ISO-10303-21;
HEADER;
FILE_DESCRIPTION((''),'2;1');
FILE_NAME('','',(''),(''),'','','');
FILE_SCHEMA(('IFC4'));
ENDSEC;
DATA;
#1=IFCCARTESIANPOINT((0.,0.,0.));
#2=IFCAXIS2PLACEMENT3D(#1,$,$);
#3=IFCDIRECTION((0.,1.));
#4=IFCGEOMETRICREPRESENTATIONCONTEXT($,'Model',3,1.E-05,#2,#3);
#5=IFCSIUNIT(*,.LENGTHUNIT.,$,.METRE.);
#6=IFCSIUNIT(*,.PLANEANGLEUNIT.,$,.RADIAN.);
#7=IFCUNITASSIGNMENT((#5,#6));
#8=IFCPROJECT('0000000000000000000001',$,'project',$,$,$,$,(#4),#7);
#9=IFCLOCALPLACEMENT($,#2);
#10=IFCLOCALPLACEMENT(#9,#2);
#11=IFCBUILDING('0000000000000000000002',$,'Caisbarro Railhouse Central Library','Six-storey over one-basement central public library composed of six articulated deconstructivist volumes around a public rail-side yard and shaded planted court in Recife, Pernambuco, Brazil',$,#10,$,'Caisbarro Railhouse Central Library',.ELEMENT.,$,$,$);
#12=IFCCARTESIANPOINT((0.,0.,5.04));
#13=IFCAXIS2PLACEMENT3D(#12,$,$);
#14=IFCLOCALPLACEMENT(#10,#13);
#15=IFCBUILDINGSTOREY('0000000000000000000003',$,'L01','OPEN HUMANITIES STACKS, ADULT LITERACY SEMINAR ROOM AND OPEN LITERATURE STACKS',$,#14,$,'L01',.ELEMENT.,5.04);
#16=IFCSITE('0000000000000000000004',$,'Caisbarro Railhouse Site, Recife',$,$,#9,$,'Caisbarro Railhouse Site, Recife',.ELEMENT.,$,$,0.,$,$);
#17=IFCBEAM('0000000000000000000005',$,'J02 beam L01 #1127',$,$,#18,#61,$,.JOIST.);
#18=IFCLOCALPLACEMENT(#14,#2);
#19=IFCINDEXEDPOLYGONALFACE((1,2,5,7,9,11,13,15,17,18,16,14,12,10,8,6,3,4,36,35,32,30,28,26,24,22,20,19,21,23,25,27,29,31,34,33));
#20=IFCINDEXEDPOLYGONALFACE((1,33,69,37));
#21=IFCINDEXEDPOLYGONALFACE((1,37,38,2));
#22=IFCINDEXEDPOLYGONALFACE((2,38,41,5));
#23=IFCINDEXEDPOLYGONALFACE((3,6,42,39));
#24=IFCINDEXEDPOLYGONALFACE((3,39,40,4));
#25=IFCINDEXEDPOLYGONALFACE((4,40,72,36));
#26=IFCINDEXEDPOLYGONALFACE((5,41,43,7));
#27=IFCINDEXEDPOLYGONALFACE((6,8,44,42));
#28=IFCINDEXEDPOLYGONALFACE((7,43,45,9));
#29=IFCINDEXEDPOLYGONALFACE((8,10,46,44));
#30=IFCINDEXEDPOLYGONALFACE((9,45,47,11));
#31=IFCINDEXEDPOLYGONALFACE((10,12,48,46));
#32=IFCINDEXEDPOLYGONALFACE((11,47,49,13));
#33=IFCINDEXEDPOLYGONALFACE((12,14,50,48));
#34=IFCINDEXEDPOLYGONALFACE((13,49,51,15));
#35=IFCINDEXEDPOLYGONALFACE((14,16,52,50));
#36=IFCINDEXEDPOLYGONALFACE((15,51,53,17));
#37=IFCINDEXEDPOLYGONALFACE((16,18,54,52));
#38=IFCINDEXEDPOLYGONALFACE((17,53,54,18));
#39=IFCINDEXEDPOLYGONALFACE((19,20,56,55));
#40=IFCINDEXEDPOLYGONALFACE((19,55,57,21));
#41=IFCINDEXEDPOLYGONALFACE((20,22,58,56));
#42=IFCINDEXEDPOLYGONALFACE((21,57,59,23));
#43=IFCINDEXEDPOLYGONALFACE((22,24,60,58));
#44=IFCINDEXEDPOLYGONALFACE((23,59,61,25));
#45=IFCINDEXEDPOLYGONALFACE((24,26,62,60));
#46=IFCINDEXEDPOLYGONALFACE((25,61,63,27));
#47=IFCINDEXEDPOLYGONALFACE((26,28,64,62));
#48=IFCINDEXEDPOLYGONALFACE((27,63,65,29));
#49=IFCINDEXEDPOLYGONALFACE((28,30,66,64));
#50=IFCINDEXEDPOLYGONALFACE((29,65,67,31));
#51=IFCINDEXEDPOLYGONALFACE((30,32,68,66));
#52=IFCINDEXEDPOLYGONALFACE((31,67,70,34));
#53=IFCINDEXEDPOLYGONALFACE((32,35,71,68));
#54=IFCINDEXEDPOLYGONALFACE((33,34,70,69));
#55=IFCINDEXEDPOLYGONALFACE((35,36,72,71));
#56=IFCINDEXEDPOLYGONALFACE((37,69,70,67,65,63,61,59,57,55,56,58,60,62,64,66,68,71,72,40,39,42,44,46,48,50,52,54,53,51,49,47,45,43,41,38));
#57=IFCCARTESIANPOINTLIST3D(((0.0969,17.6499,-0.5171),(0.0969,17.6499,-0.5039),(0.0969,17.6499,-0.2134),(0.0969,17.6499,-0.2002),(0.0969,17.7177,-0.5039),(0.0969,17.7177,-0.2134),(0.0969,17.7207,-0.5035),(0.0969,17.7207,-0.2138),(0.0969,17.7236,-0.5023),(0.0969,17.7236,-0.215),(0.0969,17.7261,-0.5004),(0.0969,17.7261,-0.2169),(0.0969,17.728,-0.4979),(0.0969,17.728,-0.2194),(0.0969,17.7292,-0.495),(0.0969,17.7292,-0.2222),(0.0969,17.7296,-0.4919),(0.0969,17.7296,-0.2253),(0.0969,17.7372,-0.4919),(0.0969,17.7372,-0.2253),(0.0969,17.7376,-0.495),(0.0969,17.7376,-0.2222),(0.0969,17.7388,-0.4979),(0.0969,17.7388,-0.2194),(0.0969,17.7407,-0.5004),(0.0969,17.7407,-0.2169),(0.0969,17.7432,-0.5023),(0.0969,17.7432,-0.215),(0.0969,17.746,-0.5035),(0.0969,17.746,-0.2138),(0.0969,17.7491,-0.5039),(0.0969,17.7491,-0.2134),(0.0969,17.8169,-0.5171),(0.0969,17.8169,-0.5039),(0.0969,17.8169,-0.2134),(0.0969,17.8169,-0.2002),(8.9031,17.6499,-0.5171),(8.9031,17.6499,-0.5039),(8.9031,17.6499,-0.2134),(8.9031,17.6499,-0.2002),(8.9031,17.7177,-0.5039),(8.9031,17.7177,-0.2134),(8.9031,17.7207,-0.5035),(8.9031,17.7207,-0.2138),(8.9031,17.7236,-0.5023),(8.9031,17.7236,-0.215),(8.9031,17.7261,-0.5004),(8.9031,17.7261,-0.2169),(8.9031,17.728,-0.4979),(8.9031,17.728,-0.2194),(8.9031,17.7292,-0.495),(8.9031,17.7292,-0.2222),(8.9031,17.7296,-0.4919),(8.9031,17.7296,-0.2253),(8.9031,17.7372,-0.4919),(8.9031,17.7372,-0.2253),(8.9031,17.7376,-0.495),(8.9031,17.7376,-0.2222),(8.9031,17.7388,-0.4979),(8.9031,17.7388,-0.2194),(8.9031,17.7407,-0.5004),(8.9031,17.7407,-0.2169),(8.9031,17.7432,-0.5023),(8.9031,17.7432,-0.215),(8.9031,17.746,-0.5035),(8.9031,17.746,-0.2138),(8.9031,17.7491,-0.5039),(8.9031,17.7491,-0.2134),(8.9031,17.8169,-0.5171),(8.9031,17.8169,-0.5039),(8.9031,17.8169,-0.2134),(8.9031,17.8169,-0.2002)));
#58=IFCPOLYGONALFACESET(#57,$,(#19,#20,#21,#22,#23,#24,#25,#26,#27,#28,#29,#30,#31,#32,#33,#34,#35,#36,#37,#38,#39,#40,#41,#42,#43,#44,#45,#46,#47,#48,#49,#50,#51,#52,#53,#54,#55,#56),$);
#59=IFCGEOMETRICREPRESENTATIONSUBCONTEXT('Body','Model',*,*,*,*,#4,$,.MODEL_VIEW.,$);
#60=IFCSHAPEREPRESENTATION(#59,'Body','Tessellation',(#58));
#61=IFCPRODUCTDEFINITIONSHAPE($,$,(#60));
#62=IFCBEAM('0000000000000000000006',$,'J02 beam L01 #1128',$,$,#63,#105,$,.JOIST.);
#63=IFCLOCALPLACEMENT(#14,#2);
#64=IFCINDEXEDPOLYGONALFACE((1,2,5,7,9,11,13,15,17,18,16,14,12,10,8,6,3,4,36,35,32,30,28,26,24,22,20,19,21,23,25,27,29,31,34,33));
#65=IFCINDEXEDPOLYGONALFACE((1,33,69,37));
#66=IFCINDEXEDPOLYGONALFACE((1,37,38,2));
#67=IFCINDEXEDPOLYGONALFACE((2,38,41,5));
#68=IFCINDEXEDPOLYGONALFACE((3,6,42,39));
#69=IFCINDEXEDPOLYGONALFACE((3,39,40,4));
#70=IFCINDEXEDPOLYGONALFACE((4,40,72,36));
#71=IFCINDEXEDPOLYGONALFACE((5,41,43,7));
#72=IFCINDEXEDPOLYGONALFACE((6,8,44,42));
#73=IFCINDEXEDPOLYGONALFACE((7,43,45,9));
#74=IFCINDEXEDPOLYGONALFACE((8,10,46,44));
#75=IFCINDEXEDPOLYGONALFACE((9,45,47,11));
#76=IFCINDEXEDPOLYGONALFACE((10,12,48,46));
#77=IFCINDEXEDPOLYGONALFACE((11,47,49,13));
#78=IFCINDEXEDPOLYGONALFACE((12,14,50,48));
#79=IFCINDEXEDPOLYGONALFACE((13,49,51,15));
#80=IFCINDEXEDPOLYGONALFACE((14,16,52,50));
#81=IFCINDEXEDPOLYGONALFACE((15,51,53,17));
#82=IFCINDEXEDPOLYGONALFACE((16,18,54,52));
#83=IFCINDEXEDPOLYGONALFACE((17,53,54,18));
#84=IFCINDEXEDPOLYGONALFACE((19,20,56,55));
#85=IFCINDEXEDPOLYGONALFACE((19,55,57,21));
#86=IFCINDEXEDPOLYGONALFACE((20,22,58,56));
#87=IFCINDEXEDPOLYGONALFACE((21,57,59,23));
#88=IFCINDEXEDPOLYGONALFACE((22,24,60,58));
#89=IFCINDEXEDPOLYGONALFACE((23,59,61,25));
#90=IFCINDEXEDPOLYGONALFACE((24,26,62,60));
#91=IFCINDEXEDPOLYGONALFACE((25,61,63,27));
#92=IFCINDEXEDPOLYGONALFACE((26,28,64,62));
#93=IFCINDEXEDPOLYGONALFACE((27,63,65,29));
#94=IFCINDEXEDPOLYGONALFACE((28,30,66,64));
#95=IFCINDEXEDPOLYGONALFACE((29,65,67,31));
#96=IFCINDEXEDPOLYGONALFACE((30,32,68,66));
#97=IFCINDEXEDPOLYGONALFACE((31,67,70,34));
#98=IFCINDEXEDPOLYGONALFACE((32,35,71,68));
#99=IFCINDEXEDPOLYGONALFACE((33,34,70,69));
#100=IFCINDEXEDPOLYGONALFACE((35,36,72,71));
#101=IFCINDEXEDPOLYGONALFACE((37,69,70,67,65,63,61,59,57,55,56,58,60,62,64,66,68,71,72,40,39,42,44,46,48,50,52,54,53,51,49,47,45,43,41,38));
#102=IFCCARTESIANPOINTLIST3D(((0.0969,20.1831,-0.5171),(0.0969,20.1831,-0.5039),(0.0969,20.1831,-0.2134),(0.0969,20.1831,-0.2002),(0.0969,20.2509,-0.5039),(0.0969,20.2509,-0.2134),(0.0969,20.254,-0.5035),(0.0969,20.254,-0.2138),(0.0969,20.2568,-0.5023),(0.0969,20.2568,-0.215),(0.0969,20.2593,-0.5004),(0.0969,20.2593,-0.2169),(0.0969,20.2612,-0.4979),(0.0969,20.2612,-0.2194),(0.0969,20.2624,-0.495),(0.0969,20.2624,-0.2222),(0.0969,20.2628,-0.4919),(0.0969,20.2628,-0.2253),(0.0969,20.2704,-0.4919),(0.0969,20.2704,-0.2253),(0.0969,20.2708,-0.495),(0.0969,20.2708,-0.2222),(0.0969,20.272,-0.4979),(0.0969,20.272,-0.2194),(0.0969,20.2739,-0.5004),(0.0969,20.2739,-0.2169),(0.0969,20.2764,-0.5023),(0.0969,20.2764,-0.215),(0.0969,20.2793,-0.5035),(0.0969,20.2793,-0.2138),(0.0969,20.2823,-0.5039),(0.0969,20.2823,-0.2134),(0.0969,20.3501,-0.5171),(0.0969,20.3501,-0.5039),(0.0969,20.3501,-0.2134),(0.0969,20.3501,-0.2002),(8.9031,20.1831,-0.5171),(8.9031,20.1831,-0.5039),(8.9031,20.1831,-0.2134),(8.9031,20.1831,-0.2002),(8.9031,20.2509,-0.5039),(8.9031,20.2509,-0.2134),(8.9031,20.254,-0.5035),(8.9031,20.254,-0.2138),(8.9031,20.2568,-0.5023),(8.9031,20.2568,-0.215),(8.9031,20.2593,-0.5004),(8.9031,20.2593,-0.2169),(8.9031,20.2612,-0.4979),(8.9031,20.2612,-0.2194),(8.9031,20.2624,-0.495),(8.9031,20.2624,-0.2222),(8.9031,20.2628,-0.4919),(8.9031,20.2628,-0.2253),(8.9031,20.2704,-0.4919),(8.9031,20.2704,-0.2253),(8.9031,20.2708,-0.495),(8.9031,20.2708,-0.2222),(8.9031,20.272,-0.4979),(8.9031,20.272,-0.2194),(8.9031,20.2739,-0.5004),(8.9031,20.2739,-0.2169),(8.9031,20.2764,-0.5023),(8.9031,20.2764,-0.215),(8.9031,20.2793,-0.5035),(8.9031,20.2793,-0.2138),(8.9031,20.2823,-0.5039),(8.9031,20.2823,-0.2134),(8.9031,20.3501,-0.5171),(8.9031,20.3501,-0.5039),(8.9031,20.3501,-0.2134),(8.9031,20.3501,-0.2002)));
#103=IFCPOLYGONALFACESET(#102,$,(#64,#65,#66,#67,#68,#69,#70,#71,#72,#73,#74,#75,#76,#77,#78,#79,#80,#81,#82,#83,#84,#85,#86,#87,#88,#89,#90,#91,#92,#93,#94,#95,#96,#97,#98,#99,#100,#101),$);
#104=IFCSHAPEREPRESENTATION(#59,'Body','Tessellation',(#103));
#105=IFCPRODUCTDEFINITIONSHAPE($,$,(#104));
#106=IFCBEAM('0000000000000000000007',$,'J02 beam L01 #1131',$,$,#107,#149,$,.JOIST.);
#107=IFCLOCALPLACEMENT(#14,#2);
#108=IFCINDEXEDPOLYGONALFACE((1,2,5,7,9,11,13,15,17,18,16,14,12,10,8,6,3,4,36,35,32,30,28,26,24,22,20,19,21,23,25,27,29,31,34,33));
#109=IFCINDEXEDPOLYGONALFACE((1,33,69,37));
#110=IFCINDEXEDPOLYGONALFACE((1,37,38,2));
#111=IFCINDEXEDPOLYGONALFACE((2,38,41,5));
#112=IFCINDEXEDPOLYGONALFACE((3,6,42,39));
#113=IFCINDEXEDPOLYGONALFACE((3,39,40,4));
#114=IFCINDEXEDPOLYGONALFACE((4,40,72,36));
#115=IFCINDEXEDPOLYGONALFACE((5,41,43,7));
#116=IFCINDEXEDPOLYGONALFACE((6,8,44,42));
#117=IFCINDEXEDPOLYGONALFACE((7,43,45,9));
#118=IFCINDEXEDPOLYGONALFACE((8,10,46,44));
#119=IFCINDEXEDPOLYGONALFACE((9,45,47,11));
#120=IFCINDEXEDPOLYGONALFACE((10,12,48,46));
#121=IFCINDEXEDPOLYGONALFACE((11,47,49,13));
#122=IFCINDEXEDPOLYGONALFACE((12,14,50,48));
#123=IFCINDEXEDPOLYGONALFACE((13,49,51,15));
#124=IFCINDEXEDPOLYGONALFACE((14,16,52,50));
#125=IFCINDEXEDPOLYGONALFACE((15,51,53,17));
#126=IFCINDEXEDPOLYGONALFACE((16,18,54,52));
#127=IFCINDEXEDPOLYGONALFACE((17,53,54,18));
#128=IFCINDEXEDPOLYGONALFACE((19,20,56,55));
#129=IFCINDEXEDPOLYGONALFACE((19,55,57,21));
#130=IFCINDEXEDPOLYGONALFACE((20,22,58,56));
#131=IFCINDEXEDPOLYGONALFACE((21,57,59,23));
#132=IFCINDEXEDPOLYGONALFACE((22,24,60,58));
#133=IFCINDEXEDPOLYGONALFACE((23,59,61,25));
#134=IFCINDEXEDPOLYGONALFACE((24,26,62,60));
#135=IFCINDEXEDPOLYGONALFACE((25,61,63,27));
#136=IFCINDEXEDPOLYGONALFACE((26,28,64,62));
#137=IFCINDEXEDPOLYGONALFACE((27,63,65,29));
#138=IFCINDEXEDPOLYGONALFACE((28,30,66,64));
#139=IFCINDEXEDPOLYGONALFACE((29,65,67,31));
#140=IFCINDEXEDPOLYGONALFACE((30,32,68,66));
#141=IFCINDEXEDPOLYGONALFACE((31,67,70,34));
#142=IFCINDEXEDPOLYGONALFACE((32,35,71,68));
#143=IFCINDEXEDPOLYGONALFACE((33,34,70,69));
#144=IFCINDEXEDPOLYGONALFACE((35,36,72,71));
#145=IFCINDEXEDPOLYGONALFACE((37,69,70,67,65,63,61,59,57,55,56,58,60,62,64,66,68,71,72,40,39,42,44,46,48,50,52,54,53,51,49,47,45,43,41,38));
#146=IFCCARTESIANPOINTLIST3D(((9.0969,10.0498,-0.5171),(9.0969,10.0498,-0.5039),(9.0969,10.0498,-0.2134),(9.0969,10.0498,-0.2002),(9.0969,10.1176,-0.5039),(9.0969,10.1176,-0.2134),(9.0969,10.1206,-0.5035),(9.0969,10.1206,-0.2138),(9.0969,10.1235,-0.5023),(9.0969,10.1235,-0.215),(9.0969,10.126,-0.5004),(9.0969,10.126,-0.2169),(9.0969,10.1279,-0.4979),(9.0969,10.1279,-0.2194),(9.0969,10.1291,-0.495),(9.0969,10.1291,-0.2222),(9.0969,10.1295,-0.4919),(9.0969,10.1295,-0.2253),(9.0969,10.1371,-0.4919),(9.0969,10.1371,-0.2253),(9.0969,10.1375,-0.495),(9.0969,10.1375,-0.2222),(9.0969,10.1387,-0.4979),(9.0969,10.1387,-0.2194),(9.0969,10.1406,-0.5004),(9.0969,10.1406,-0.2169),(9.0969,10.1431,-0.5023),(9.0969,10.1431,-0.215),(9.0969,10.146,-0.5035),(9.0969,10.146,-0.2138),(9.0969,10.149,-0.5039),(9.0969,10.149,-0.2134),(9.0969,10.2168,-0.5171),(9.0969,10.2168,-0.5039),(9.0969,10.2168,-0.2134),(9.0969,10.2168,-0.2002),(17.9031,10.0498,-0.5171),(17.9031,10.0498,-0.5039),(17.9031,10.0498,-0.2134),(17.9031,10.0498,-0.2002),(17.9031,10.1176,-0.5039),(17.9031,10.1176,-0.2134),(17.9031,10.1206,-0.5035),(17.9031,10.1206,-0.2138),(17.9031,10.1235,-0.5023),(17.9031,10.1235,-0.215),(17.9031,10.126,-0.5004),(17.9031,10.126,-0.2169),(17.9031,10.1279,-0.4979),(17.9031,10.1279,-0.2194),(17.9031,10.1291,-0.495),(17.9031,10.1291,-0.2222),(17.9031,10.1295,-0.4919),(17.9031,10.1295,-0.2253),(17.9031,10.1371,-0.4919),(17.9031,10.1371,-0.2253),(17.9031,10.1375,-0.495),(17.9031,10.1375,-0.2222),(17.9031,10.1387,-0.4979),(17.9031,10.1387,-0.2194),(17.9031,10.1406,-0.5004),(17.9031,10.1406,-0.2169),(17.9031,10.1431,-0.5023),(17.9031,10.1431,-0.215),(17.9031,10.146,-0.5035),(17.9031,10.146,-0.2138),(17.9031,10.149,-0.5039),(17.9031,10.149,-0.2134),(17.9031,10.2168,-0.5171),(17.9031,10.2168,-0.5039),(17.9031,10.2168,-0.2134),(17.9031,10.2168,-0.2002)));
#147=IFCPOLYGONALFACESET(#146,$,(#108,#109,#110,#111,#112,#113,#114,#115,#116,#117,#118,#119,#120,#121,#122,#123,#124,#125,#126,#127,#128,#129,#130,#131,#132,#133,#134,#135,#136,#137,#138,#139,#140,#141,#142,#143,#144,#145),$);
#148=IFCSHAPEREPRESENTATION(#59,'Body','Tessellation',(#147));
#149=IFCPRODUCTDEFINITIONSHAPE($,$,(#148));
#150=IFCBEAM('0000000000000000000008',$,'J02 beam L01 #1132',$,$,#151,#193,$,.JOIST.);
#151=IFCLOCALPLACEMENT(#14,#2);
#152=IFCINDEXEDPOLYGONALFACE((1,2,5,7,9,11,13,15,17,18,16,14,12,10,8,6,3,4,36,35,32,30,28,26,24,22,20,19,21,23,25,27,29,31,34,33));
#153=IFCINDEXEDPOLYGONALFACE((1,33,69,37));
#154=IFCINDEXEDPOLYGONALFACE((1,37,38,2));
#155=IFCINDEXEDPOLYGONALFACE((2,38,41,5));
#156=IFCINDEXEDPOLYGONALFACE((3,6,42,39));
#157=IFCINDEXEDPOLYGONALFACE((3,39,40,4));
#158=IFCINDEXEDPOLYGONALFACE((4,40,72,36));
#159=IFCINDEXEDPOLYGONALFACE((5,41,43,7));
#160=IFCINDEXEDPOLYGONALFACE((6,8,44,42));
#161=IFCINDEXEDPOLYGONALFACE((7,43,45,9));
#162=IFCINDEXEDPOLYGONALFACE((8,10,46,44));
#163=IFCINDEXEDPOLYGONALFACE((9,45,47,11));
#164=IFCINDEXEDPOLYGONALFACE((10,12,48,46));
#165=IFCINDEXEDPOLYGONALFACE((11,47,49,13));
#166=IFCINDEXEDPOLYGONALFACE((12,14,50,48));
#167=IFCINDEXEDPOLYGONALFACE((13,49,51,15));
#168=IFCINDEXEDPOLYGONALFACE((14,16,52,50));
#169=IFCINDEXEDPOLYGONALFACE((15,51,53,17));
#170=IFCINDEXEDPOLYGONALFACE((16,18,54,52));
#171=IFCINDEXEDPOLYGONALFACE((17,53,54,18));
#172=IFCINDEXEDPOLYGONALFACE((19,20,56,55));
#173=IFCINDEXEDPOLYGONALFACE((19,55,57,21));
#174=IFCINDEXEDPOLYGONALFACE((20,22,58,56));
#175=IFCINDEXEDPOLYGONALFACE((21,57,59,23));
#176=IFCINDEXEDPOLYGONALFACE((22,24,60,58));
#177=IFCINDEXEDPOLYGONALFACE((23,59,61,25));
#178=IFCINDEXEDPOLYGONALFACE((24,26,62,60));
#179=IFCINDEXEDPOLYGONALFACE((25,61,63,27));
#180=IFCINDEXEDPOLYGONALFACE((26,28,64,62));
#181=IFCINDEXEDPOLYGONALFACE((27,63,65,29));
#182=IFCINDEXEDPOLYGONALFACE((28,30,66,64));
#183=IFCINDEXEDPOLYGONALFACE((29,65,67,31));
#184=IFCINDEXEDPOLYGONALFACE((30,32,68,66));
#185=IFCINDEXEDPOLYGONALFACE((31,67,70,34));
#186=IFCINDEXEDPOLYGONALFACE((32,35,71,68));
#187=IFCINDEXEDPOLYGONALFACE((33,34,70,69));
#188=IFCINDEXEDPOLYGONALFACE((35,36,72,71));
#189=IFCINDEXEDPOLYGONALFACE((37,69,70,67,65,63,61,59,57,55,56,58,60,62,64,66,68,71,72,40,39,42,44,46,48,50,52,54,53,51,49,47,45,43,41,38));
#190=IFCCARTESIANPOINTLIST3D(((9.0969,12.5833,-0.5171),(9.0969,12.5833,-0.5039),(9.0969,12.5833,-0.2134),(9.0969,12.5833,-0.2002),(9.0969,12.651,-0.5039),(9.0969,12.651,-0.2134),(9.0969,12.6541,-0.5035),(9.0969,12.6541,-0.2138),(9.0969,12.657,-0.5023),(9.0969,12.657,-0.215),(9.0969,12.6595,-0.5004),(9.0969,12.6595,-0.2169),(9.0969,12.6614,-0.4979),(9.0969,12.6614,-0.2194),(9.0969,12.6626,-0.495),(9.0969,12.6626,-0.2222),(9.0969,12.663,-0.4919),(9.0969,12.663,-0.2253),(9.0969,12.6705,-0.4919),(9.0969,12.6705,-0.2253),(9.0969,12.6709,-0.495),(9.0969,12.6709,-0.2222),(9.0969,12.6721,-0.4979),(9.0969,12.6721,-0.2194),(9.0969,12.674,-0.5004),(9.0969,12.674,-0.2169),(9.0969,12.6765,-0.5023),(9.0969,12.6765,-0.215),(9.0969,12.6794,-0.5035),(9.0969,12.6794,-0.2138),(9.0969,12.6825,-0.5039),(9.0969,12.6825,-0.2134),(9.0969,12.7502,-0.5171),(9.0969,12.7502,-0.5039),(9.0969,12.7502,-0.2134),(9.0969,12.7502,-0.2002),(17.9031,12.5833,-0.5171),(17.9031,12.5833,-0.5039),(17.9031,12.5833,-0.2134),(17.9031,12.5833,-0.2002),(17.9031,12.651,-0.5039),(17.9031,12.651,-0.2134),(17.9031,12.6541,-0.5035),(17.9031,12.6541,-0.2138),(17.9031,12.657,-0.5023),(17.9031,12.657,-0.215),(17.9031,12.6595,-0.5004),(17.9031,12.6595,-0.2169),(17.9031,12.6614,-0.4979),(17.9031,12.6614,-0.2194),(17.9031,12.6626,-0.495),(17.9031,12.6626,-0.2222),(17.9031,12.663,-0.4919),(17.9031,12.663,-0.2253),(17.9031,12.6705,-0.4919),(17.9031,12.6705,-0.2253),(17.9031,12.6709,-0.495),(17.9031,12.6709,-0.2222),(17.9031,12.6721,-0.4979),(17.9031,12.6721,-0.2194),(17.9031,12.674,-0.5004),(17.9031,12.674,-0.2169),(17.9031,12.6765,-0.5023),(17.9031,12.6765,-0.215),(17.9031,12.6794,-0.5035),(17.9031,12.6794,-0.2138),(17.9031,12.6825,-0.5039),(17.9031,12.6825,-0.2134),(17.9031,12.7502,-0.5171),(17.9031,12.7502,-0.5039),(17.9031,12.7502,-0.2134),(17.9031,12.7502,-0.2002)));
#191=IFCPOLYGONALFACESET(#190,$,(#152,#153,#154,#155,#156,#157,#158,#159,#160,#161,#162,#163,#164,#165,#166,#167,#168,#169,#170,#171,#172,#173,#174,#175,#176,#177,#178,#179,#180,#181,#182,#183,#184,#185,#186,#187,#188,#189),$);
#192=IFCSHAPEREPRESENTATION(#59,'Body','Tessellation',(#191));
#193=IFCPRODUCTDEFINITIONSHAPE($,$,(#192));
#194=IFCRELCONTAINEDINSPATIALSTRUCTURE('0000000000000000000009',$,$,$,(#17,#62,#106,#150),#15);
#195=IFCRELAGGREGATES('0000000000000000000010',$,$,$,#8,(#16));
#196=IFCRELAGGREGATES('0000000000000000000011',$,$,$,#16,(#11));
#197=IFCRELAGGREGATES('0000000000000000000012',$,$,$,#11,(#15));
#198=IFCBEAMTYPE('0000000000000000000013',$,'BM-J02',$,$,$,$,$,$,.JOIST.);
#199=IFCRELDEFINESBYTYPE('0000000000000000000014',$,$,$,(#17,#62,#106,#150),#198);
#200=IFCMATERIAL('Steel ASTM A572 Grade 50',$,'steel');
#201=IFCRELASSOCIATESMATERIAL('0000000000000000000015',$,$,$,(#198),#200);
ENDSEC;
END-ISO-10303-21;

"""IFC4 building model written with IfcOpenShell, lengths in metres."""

from ifc_helpers import new_model, si_unit, direction, frame, origin, origin_2d, place, context, subcontext, project, spatial, i_section, extrude, material, material_profile, profile_set, type_object, element, save


model = new_model("IFC4")

# Units and contexts
model_context = context("Model", 3, precision=1e-05, world=origin(), true_north=direction((0.0, 1.0)))
body_context = subcontext(model_context, "Body", "Model", "MODEL_VIEW")
ifc_project = project(units=[si_unit("LENGTHUNIT", "METRE"), si_unit("PLANEANGLEUNIT", "RADIAN")], contexts=[model_context])

# Site, building, storey
site_placement = place(None, origin())
site = spatial("IfcSite", under=ifc_project, at=site_placement, Name="Caisbarro Railhouse Site, Recife", LongName="Caisbarro Railhouse Site, Recife", CompositionType="ELEMENT", RefElevation=0.0)
building_placement = place(site_placement, origin())
building = spatial("IfcBuilding", under=site, at=building_placement, Name="Caisbarro Railhouse Central Library", Description="Six-storey over one-basement central public library composed of six articulated deconstructivist volumes around a public rail-side yard and shaded planted court in Recife, Pernambuco, Brazil", LongName="Caisbarro Railhouse Central Library", CompositionType="ELEMENT")
storey_placement = place(building_placement, frame((0.0, 0.0, 5.04)))
storey = spatial("IfcBuildingStorey", under=building, at=storey_placement, Name="L01", Description="OPEN HUMANITIES STACKS, ADULT LITERACY SEMINAR ROOM AND OPEN LITERATURE STACKS", LongName="L01", CompositionType="ELEMENT", Elevation=5.04)

# Shared definitions
ifc_material_1 = material(Name="Steel ASTM A572 Grade 50", Category="steel")

# Beams
ifc_material_profile_1 = material_profile(ifc_material_1, i_section(OverallWidth=0.167, OverallDepth=0.3169, WebThickness=0.0076, FlangeThickness=0.0132, FilletRadius=0.012, at=origin_2d()), Name="W310X52.0")
ifc_profile_set_1 = profile_set([ifc_material_profile_1], Name="Steel ASTM A572 Grade 50")
beam_type_1 = type_object("IfcBeamType", Name="BM-J02", PredefinedType="JOIST", material=ifc_profile_set_1)
for number, where, z_axis, x_axis, name in (
    (1, (0.0969, 17.7334, -0.3586), (1.0, 0.0, 0.0), (0.0, 1.0, 0.0), "J02 beam L01 #1127"),
    (2, (0.0969, 20.2666, -0.3586), (1.0, 0.0, 0.0), (0.0, 1.0, 0.0), "J02 beam L01 #1128"),
    (3, (9.0969, 10.1333, -0.3586), (1.0, 0.0, 0.0), (0.0, 1.0, 0.0), "J02 beam L01 #1131"),
    (4, (9.0969, 12.6667, -0.3586), (1.0, 0.0, 0.0), (0.0, 1.0, 0.0), "J02 beam L01 #1132"),
):
    element("IfcBeam", number, at=place(storey_placement, frame(where, z_axis=z_axis, x_axis=x_axis)), inside=storey, type_object=beam_type_1, Name=name, PredefinedType="JOIST", context=body_context, shape_type="SweptSolid", body=[
        extrude(i_section(OverallWidth=0.167, OverallDepth=0.3169, WebThickness=0.0076, FlangeThickness=0.0132, FilletRadius=0.012, at=origin_2d()), origin(), (0.0, 0.0, 1.0), 8.8062),
    ])

save(model, "model.ifc")
